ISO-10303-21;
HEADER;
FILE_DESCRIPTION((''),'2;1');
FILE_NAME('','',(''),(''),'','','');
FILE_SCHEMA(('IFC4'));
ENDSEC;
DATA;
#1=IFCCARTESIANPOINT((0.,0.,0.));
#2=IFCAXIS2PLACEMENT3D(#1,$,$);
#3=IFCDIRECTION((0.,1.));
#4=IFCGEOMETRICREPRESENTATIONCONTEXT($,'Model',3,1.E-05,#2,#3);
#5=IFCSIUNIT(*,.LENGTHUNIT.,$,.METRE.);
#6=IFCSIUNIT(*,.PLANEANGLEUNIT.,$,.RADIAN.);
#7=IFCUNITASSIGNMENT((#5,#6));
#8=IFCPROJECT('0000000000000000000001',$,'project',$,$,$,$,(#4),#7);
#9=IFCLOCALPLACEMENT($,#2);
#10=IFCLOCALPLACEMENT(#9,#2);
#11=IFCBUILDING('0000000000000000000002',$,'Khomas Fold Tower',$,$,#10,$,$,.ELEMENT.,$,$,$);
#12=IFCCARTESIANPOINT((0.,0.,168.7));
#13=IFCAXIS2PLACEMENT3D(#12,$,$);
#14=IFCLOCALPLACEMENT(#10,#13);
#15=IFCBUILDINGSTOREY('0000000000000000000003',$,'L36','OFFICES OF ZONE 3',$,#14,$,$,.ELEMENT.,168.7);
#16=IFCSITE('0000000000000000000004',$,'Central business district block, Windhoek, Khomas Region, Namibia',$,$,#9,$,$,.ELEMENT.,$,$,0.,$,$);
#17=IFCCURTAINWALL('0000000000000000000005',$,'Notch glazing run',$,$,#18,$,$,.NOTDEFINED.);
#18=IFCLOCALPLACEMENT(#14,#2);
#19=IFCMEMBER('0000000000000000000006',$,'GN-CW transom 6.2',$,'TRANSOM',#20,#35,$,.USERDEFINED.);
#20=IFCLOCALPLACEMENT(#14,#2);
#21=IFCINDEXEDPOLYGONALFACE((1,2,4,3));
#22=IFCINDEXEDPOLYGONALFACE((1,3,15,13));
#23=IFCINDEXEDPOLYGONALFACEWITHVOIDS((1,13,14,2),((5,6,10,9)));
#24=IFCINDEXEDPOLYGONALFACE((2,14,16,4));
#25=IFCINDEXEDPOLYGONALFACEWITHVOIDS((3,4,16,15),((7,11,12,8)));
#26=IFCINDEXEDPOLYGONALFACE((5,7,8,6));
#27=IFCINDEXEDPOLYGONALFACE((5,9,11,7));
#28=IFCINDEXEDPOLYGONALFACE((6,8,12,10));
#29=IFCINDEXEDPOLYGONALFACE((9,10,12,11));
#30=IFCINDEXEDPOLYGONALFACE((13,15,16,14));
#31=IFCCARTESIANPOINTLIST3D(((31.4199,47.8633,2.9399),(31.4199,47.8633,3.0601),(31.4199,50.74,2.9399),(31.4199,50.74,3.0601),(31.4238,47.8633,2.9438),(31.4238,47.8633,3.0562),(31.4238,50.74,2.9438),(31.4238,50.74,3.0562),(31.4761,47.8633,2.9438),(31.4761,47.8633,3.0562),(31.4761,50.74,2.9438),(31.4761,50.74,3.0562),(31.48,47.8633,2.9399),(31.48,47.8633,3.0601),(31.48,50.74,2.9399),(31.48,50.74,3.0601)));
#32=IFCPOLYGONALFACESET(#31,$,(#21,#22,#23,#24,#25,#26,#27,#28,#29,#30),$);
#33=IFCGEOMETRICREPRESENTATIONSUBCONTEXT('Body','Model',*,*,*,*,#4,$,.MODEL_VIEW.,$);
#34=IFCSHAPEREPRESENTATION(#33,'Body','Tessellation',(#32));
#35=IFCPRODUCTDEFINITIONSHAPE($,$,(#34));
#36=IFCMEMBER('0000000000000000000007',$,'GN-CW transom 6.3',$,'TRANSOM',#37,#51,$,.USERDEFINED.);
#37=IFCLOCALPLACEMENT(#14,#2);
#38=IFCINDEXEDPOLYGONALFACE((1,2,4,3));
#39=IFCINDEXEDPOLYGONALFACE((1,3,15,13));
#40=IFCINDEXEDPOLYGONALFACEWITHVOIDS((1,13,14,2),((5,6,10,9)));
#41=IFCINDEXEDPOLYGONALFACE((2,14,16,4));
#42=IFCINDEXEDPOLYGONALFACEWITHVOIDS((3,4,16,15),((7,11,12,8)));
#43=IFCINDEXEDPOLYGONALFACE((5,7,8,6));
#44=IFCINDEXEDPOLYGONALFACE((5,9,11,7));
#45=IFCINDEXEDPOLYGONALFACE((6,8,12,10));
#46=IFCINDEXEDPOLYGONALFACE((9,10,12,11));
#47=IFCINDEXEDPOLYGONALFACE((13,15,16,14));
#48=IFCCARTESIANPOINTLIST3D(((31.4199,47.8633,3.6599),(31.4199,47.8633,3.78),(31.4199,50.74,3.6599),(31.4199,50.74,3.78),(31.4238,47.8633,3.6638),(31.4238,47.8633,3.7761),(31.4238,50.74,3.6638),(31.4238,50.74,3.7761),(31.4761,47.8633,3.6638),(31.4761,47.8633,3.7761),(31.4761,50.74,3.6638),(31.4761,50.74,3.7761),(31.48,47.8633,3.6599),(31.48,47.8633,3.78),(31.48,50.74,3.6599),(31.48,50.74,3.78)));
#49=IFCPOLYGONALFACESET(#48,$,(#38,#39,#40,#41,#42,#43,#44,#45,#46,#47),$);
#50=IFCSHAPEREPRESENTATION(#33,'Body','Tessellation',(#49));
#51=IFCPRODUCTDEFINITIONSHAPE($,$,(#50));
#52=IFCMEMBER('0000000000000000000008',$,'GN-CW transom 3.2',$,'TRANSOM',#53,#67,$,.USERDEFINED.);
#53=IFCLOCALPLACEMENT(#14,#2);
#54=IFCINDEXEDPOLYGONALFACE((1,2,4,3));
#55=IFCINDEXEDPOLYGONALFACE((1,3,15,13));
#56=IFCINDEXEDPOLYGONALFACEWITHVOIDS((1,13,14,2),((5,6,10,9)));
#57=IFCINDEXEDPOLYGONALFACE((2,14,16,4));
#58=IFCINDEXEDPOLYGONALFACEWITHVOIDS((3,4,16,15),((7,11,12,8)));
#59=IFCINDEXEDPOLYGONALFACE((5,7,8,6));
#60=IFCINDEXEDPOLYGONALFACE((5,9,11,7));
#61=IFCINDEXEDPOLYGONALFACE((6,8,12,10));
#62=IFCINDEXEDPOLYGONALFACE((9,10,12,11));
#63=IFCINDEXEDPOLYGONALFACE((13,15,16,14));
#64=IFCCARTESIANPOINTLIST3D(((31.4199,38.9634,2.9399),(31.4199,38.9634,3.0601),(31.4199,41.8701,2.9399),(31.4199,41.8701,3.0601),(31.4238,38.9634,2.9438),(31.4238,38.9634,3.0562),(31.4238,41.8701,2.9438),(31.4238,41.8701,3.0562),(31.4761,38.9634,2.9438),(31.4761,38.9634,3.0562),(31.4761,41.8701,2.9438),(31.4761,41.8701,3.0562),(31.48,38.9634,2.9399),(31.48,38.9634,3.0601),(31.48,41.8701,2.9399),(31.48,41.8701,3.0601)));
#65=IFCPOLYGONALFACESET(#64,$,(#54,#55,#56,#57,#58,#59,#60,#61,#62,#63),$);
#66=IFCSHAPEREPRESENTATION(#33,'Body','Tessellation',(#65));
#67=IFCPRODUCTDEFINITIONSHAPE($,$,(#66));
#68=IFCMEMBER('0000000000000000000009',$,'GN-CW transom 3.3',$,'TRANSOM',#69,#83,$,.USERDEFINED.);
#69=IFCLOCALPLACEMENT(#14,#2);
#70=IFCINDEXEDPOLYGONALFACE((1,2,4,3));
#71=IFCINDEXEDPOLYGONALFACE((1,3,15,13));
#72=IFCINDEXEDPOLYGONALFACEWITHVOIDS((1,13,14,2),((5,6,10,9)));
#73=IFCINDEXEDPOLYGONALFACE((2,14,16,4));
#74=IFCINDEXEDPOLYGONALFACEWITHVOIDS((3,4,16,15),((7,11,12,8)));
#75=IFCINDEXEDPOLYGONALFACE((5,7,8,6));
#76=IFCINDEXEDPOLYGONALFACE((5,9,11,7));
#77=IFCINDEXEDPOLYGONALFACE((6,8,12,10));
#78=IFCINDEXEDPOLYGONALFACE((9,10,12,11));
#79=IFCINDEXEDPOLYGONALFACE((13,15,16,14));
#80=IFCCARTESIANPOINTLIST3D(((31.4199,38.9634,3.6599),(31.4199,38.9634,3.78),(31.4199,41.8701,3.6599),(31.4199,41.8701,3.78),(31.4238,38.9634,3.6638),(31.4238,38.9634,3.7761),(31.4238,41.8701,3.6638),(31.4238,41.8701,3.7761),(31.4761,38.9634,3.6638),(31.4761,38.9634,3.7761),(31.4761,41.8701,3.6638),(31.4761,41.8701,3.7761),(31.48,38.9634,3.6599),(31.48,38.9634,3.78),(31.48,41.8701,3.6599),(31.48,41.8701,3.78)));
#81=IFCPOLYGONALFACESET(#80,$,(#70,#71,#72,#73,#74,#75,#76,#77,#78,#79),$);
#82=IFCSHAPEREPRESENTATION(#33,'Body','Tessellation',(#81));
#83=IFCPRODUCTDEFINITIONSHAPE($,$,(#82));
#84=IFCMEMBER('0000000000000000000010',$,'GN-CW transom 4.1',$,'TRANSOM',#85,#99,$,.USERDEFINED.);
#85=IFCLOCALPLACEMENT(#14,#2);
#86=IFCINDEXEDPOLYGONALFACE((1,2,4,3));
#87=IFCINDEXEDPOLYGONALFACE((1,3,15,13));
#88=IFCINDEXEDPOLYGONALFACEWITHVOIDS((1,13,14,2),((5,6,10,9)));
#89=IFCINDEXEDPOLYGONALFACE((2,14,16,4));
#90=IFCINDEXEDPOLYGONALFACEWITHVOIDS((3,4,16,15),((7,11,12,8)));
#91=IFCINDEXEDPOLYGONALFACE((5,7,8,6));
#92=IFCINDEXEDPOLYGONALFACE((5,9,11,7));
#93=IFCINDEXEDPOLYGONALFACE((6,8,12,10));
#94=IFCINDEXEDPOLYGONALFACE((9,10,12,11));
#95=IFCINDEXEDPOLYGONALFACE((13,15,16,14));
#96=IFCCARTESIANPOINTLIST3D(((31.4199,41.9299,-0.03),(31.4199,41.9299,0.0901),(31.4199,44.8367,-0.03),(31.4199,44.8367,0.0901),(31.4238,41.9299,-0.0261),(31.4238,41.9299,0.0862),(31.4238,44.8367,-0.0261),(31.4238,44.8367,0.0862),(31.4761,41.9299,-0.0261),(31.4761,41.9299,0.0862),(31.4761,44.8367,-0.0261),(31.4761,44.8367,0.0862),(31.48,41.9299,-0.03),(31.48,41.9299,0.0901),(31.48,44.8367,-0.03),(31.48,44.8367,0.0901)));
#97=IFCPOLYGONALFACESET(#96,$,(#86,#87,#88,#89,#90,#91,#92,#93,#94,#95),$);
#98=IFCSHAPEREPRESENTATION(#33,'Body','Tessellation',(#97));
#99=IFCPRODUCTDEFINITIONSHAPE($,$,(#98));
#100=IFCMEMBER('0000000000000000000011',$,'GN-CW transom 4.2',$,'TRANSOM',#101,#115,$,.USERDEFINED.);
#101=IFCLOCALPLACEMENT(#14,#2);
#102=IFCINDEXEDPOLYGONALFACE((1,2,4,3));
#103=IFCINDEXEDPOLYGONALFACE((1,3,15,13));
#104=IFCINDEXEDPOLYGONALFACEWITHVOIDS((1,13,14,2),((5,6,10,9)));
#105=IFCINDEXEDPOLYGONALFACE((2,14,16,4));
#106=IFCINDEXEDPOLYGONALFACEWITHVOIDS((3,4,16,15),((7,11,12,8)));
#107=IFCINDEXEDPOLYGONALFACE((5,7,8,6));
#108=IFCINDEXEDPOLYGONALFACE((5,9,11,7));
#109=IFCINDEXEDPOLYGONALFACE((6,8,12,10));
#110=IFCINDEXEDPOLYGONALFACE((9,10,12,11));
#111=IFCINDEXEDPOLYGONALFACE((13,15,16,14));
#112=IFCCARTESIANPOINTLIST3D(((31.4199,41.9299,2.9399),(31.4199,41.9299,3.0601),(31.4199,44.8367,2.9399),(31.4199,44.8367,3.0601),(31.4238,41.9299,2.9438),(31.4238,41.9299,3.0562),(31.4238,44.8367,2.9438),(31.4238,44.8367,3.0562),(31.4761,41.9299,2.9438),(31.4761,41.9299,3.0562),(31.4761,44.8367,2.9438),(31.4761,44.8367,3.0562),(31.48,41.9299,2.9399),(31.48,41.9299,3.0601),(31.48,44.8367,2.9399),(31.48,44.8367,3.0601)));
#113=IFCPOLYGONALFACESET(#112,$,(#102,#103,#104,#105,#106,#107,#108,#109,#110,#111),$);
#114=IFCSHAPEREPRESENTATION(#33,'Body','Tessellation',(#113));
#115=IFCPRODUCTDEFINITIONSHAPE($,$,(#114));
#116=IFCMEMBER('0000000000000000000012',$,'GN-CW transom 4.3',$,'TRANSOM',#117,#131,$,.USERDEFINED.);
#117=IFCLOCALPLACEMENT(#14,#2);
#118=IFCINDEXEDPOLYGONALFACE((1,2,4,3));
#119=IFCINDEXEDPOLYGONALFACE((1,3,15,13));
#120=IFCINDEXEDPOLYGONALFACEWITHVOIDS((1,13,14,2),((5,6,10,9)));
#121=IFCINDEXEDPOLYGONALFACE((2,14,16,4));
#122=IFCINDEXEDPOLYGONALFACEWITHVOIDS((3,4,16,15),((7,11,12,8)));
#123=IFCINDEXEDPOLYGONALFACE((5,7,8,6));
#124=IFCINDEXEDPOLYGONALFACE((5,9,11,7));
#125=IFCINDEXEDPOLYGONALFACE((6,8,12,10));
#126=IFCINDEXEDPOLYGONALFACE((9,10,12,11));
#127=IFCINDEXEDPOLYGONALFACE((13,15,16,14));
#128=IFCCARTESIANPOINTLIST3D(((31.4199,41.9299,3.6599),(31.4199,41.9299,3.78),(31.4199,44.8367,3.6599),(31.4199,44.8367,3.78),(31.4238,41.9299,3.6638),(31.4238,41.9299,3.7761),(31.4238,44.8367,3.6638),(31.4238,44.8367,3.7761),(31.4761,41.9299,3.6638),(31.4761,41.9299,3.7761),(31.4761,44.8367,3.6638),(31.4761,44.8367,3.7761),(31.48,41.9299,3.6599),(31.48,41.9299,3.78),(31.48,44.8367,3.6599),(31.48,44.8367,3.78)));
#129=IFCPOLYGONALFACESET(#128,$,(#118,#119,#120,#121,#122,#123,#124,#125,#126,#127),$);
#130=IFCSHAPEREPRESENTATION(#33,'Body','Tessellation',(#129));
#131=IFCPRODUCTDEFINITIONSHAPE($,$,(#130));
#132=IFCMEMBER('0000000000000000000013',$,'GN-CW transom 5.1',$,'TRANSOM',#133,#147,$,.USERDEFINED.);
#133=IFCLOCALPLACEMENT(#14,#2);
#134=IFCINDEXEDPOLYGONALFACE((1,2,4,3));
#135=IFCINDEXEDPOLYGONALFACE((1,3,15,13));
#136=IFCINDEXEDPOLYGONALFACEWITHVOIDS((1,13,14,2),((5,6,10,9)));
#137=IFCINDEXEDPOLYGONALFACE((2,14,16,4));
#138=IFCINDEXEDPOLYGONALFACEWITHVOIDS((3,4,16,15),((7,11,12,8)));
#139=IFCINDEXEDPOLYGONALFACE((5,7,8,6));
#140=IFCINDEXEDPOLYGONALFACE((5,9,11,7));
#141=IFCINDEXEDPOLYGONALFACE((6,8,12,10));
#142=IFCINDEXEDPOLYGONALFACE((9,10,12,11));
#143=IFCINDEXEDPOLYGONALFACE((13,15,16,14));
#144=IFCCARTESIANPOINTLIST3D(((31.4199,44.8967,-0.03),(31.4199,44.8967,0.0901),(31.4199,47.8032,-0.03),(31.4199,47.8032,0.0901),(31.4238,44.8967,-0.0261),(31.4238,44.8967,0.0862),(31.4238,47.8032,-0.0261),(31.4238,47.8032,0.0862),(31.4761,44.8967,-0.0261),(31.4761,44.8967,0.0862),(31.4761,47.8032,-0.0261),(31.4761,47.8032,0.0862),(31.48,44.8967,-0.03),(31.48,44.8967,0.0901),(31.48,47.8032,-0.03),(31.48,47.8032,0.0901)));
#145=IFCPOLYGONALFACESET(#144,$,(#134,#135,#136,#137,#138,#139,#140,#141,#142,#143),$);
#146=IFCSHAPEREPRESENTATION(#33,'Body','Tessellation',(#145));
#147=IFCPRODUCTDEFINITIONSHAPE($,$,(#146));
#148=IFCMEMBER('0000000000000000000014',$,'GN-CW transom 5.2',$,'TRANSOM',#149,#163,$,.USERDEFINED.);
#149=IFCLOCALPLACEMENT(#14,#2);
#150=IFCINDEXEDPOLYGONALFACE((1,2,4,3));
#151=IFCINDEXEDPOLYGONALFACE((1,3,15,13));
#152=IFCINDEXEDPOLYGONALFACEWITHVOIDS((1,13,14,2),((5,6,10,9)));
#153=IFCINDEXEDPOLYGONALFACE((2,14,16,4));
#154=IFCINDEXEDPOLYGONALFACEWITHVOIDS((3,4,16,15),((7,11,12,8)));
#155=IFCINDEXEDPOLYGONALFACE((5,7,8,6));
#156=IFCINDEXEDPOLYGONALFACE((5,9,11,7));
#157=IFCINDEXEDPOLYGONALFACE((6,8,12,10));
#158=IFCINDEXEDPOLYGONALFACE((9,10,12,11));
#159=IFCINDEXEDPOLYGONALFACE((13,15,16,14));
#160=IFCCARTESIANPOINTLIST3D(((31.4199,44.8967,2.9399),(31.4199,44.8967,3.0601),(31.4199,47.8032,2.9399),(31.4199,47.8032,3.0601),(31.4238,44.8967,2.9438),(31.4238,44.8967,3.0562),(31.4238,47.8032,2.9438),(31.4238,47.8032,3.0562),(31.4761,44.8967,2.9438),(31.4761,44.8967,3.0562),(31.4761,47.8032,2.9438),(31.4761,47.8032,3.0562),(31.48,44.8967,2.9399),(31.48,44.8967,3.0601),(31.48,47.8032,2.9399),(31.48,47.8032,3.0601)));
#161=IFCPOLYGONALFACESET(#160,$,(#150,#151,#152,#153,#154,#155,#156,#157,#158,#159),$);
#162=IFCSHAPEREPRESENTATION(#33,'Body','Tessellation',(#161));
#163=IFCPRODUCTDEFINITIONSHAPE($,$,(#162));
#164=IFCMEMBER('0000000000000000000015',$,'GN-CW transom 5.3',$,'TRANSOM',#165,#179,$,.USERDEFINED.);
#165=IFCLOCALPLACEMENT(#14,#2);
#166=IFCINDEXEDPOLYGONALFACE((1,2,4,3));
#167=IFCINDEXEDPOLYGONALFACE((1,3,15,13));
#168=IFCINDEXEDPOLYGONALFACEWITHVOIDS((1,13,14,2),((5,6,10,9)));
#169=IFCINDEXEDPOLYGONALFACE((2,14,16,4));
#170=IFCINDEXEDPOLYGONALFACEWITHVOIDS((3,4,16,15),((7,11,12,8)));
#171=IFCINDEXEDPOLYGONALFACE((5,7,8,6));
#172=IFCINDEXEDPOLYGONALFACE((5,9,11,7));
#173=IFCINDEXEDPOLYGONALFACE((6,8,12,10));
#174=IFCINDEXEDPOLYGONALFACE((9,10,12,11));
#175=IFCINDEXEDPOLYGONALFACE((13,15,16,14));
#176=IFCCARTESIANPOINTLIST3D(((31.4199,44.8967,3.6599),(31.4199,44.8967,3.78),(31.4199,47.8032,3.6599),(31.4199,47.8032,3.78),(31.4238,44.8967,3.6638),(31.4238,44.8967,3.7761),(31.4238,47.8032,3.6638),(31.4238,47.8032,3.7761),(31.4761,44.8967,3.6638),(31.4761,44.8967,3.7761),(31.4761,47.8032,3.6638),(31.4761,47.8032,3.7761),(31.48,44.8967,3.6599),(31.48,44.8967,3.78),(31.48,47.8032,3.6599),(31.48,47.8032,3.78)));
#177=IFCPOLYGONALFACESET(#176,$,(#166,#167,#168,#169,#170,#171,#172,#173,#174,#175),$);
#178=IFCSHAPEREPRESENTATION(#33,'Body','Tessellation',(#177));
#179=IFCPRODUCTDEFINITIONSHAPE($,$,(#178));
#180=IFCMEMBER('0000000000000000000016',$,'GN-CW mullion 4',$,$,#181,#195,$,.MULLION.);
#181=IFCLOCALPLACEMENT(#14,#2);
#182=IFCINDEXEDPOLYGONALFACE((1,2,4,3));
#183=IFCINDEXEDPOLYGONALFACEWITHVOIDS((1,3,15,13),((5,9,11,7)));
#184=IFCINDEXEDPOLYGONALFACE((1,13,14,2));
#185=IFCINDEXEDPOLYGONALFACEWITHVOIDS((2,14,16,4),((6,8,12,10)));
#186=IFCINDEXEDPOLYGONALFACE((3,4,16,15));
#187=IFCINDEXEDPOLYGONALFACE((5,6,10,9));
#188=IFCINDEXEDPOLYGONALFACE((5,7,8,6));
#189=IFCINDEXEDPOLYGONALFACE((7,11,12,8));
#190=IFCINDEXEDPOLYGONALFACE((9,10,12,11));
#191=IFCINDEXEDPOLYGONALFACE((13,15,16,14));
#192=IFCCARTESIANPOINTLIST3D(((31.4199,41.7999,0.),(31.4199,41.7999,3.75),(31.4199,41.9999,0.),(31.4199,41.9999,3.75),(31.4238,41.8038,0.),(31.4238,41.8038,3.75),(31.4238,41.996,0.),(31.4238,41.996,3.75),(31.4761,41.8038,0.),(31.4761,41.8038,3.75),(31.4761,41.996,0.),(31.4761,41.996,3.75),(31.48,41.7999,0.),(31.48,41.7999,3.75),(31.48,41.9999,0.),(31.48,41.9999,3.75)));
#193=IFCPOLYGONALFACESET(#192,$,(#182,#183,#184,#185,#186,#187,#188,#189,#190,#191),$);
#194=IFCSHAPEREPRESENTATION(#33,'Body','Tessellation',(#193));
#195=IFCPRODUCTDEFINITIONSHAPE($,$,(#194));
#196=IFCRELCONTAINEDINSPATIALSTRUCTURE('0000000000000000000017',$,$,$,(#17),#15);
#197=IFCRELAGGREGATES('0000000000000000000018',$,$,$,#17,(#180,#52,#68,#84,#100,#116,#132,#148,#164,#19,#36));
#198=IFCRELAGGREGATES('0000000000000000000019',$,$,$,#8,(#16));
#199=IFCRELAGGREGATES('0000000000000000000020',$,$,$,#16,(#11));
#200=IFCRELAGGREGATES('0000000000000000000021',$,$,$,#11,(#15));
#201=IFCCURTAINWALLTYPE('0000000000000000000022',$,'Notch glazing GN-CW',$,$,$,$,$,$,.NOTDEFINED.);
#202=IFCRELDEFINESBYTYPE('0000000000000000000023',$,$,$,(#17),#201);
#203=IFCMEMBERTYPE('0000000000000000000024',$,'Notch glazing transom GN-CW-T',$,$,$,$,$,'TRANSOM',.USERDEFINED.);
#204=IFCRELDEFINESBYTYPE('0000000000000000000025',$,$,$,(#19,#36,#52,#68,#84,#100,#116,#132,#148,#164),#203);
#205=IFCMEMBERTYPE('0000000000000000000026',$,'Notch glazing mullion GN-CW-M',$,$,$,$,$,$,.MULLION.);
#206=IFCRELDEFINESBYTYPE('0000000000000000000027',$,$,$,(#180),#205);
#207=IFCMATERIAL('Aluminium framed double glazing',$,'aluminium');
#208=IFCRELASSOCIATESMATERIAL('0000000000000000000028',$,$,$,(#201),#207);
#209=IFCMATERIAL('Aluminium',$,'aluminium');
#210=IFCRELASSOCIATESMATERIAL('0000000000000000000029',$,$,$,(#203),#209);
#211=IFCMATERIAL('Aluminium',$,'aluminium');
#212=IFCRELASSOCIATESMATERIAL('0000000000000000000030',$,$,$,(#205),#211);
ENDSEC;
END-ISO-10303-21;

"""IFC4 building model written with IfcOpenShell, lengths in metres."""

from ifc_helpers import new_model, si_unit, direction, frame, origin, origin_2d, place, context, subcontext, project, spatial, hollow_rectangle, extrude, source, transform, mapped, material, material_profile, profile_set, type_object, element, aggregate, save


model = new_model("IFC4")

# Units and contexts
model_context = context("Model", 3, precision=1e-05, world=origin(), true_north=direction((0.0, 1.0)))
body_context = subcontext(model_context, "Body", "Model", "MODEL_VIEW")
ifc_project = project(units=[si_unit("LENGTHUNIT", "METRE"), si_unit("PLANEANGLEUNIT", "RADIAN")], contexts=[model_context])

# Site, building, storey
site_placement = place(None, origin())
site = spatial("IfcSite", under=ifc_project, at=site_placement, Name="Central business district block, Windhoek, Khomas Region, Namibia", CompositionType="ELEMENT", RefElevation=0.0)
building_placement = place(site_placement, origin())
building = spatial("IfcBuilding", under=site, at=building_placement, Name="Khomas Fold Tower", CompositionType="ELEMENT")
storey_placement = place(building_placement, frame((0.0, 0.0, 168.7)))
storey = spatial("IfcBuildingStorey", under=building, at=storey_placement, Name="L36", Description="OFFICES OF ZONE 3", CompositionType="ELEMENT", Elevation=168.7)

# Curtain wall, members
ifc_material_1 = material(Name="Aluminium framed double glazing", Category="aluminium")
curtain_wall_type_1 = type_object("IfcCurtainWallType", Name="Notch glazing GN-CW", PredefinedType="NOTDEFINED", material=ifc_material_1)
curtain_wall_1_placement = place(storey_placement, origin())
curtain_wall_1 = element("IfcCurtainWall", 1, at=curtain_wall_1_placement, inside=storey, type_object=curtain_wall_type_1, Name="Notch glazing run", PredefinedType="NOTDEFINED")
ifc_material_2 = material(Name="Aluminium", Category="aluminium")
ifc_material_profile_1 = material_profile(ifc_material_2, hollow_rectangle(XDim=0.0601, YDim=0.1201, WallThickness=0.0039, at=origin_2d()), Name="Notch glazing transom GN-CW-T")
ifc_profile_set_1 = profile_set([ifc_material_profile_1], Name="Aluminium")
member_type_1 = type_object("IfcMemberType", Name="Notch glazing transom GN-CW-T", ElementType="TRANSOM", PredefinedType="USERDEFINED", material=ifc_profile_set_1)
shared_shape_1 = source(origin(), body_context, "Body", "SweptSolid", [
    extrude(hollow_rectangle(XDim=0.0601, YDim=0.1201, WallThickness=0.0039, at=origin_2d()), origin(), (0.0, 0.0, 1.0), 2.8767),
])
member_1_placement = place(storey_placement, frame((31.45, 47.8633, 3.0), z_axis=(0.0, 1.0, 0.0), x_axis=(-1.0, 0.0, 0.0)))
member_1 = element("IfcMember", 2, at=member_1_placement, type_object=member_type_1, Name="GN-CW transom 6.2", ObjectType="TRANSOM", PredefinedType="USERDEFINED", context=body_context, shape_type="MappedRepresentation", body=[
    mapped(shared_shape_1, transform((0.0, 0.0, 0.0))),
])
member_2_placement = place(storey_placement, frame((31.45, 47.8633, 3.72), z_axis=(0.0, 1.0, 0.0), x_axis=(-1.0, 0.0, 0.0)))
member_2 = element("IfcMember", 3, at=member_2_placement, type_object=member_type_1, Name="GN-CW transom 6.3", ObjectType="TRANSOM", PredefinedType="USERDEFINED", context=body_context, shape_type="MappedRepresentation", body=[
    mapped(shared_shape_1, transform((0.0, 0.0, 0.0))),
])
shared_shape_2 = source(origin(), body_context, "Body", "SweptSolid", [
    extrude(hollow_rectangle(XDim=0.0601, YDim=0.1201, WallThickness=0.0039, at=origin_2d()), origin(), (0.0, 0.0, 1.0), 2.9067),
])
member_3_placement = place(storey_placement, frame((31.45, 38.9634, 3.0), z_axis=(0.0, 1.0, 0.0), x_axis=(-1.0, 0.0, 0.0)))
member_3 = element("IfcMember", 4, at=member_3_placement, type_object=member_type_1, Name="GN-CW transom 3.2", ObjectType="TRANSOM", PredefinedType="USERDEFINED", context=body_context, shape_type="MappedRepresentation", body=[
    mapped(shared_shape_2, transform((0.0, 0.0, 0.0))),
])
member_4_placement = place(storey_placement, frame((31.45, 38.9634, 3.72), z_axis=(0.0, 1.0, 0.0), x_axis=(-1.0, 0.0, 0.0)))
member_4 = element("IfcMember", 5, at=member_4_placement, type_object=member_type_1, Name="GN-CW transom 3.3", ObjectType="TRANSOM", PredefinedType="USERDEFINED", context=body_context, shape_type="MappedRepresentation", body=[
    mapped(shared_shape_2, transform((0.0, 0.0, 0.0))),
])
member_5_placement = place(storey_placement, frame((31.45, 41.9299, 0.03), z_axis=(0.0, 1.0, 0.0), x_axis=(-1.0, 0.0, 0.0)))
member_5 = element("IfcMember", 6, at=member_5_placement, type_object=member_type_1, Name="GN-CW transom 4.1", ObjectType="TRANSOM", PredefinedType="USERDEFINED", context=body_context, shape_type="MappedRepresentation", body=[
    mapped(shared_shape_2, transform((0.0, 0.0, 0.0))),
])
member_6_placement = place(storey_placement, frame((31.45, 41.9299, 3.0), z_axis=(0.0, 1.0, 0.0), x_axis=(-1.0, 0.0, 0.0)))
member_6 = element("IfcMember", 7, at=member_6_placement, type_object=member_type_1, Name="GN-CW transom 4.2", ObjectType="TRANSOM", PredefinedType="USERDEFINED", context=body_context, shape_type="MappedRepresentation", body=[
    mapped(shared_shape_2, transform((0.0, 0.0, 0.0))),
])
member_7_placement = place(storey_placement, frame((31.45, 41.9299, 3.72), z_axis=(0.0, 1.0, 0.0), x_axis=(-1.0, 0.0, 0.0)))
member_7 = element("IfcMember", 8, at=member_7_placement, type_object=member_type_1, Name="GN-CW transom 4.3", ObjectType="TRANSOM", PredefinedType="USERDEFINED", context=body_context, shape_type="MappedRepresentation", body=[
    mapped(shared_shape_2, transform((0.0, 0.0, 0.0))),
])
shared_shape_3 = source(origin(), body_context, "Body", "SweptSolid", [
    extrude(hollow_rectangle(XDim=0.0601, YDim=0.1201, WallThickness=0.0039, at=origin_2d()), origin(), (0.0, 0.0, 1.0), 2.9065),
])
member_8_placement = place(storey_placement, frame((31.45, 44.8967, 0.03), z_axis=(0.0, 1.0, 0.0), x_axis=(-1.0, 0.0, 0.0)))
member_8 = element("IfcMember", 9, at=member_8_placement, type_object=member_type_1, Name="GN-CW transom 5.1", ObjectType="TRANSOM", PredefinedType="USERDEFINED", context=body_context, shape_type="MappedRepresentation", body=[
    mapped(shared_shape_3, transform((0.0, 0.0, 0.0))),
])
member_9_placement = place(storey_placement, frame((31.45, 44.8967, 3.0), z_axis=(0.0, 1.0, 0.0), x_axis=(-1.0, 0.0, 0.0)))
member_9 = element("IfcMember", 10, at=member_9_placement, type_object=member_type_1, Name="GN-CW transom 5.2", ObjectType="TRANSOM", PredefinedType="USERDEFINED", context=body_context, shape_type="MappedRepresentation", body=[
    mapped(shared_shape_3, transform((0.0, 0.0, 0.0))),
])
member_10_placement = place(storey_placement, frame((31.45, 44.8967, 3.72), z_axis=(0.0, 1.0, 0.0), x_axis=(-1.0, 0.0, 0.0)))
member_10 = element("IfcMember", 11, at=member_10_placement, type_object=member_type_1, Name="GN-CW transom 5.3", ObjectType="TRANSOM", PredefinedType="USERDEFINED", context=body_context, shape_type="MappedRepresentation", body=[
    mapped(shared_shape_3, transform((0.0, 0.0, 0.0))),
])
ifc_material_3 = material(Name="Aluminium", Category="aluminium")
ifc_material_profile_2 = material_profile(ifc_material_3, hollow_rectangle(XDim=0.0601, YDim=0.2, WallThickness=0.0039, at=origin_2d()), Name="Notch glazing mullion GN-CW-M")
ifc_profile_set_2 = profile_set([ifc_material_profile_2], Name="Aluminium")
member_type_2 = type_object("IfcMemberType", Name="Notch glazing mullion GN-CW-M", PredefinedType="MULLION", material=ifc_profile_set_2)
shared_shape_4 = source(origin(), body_context, "Body", "SweptSolid", [
    extrude(hollow_rectangle(XDim=0.0601, YDim=0.2, WallThickness=0.0039, at=origin_2d()), origin(), (0.0, 0.0, 1.0), 3.75),
])
member_11_placement = place(storey_placement, frame((31.45, 41.8999, 0.0), z_axis=(0.0, 0.0, 1.0), x_axis=(-1.0, 0.0, 0.0)))
member_11 = element("IfcMember", 12, at=member_11_placement, type_object=member_type_2, Name="GN-CW mullion 4", PredefinedType="MULLION", context=body_context, shape_type="MappedRepresentation", body=[
    mapped(shared_shape_4, transform((0.0, 0.0, 0.0))),
])

aggregate(curtain_wall_1, [member_11, member_3, member_4, member_5, member_6, member_7, member_8, member_9, member_10, member_1, member_2])

save(model, "model.ifc")
